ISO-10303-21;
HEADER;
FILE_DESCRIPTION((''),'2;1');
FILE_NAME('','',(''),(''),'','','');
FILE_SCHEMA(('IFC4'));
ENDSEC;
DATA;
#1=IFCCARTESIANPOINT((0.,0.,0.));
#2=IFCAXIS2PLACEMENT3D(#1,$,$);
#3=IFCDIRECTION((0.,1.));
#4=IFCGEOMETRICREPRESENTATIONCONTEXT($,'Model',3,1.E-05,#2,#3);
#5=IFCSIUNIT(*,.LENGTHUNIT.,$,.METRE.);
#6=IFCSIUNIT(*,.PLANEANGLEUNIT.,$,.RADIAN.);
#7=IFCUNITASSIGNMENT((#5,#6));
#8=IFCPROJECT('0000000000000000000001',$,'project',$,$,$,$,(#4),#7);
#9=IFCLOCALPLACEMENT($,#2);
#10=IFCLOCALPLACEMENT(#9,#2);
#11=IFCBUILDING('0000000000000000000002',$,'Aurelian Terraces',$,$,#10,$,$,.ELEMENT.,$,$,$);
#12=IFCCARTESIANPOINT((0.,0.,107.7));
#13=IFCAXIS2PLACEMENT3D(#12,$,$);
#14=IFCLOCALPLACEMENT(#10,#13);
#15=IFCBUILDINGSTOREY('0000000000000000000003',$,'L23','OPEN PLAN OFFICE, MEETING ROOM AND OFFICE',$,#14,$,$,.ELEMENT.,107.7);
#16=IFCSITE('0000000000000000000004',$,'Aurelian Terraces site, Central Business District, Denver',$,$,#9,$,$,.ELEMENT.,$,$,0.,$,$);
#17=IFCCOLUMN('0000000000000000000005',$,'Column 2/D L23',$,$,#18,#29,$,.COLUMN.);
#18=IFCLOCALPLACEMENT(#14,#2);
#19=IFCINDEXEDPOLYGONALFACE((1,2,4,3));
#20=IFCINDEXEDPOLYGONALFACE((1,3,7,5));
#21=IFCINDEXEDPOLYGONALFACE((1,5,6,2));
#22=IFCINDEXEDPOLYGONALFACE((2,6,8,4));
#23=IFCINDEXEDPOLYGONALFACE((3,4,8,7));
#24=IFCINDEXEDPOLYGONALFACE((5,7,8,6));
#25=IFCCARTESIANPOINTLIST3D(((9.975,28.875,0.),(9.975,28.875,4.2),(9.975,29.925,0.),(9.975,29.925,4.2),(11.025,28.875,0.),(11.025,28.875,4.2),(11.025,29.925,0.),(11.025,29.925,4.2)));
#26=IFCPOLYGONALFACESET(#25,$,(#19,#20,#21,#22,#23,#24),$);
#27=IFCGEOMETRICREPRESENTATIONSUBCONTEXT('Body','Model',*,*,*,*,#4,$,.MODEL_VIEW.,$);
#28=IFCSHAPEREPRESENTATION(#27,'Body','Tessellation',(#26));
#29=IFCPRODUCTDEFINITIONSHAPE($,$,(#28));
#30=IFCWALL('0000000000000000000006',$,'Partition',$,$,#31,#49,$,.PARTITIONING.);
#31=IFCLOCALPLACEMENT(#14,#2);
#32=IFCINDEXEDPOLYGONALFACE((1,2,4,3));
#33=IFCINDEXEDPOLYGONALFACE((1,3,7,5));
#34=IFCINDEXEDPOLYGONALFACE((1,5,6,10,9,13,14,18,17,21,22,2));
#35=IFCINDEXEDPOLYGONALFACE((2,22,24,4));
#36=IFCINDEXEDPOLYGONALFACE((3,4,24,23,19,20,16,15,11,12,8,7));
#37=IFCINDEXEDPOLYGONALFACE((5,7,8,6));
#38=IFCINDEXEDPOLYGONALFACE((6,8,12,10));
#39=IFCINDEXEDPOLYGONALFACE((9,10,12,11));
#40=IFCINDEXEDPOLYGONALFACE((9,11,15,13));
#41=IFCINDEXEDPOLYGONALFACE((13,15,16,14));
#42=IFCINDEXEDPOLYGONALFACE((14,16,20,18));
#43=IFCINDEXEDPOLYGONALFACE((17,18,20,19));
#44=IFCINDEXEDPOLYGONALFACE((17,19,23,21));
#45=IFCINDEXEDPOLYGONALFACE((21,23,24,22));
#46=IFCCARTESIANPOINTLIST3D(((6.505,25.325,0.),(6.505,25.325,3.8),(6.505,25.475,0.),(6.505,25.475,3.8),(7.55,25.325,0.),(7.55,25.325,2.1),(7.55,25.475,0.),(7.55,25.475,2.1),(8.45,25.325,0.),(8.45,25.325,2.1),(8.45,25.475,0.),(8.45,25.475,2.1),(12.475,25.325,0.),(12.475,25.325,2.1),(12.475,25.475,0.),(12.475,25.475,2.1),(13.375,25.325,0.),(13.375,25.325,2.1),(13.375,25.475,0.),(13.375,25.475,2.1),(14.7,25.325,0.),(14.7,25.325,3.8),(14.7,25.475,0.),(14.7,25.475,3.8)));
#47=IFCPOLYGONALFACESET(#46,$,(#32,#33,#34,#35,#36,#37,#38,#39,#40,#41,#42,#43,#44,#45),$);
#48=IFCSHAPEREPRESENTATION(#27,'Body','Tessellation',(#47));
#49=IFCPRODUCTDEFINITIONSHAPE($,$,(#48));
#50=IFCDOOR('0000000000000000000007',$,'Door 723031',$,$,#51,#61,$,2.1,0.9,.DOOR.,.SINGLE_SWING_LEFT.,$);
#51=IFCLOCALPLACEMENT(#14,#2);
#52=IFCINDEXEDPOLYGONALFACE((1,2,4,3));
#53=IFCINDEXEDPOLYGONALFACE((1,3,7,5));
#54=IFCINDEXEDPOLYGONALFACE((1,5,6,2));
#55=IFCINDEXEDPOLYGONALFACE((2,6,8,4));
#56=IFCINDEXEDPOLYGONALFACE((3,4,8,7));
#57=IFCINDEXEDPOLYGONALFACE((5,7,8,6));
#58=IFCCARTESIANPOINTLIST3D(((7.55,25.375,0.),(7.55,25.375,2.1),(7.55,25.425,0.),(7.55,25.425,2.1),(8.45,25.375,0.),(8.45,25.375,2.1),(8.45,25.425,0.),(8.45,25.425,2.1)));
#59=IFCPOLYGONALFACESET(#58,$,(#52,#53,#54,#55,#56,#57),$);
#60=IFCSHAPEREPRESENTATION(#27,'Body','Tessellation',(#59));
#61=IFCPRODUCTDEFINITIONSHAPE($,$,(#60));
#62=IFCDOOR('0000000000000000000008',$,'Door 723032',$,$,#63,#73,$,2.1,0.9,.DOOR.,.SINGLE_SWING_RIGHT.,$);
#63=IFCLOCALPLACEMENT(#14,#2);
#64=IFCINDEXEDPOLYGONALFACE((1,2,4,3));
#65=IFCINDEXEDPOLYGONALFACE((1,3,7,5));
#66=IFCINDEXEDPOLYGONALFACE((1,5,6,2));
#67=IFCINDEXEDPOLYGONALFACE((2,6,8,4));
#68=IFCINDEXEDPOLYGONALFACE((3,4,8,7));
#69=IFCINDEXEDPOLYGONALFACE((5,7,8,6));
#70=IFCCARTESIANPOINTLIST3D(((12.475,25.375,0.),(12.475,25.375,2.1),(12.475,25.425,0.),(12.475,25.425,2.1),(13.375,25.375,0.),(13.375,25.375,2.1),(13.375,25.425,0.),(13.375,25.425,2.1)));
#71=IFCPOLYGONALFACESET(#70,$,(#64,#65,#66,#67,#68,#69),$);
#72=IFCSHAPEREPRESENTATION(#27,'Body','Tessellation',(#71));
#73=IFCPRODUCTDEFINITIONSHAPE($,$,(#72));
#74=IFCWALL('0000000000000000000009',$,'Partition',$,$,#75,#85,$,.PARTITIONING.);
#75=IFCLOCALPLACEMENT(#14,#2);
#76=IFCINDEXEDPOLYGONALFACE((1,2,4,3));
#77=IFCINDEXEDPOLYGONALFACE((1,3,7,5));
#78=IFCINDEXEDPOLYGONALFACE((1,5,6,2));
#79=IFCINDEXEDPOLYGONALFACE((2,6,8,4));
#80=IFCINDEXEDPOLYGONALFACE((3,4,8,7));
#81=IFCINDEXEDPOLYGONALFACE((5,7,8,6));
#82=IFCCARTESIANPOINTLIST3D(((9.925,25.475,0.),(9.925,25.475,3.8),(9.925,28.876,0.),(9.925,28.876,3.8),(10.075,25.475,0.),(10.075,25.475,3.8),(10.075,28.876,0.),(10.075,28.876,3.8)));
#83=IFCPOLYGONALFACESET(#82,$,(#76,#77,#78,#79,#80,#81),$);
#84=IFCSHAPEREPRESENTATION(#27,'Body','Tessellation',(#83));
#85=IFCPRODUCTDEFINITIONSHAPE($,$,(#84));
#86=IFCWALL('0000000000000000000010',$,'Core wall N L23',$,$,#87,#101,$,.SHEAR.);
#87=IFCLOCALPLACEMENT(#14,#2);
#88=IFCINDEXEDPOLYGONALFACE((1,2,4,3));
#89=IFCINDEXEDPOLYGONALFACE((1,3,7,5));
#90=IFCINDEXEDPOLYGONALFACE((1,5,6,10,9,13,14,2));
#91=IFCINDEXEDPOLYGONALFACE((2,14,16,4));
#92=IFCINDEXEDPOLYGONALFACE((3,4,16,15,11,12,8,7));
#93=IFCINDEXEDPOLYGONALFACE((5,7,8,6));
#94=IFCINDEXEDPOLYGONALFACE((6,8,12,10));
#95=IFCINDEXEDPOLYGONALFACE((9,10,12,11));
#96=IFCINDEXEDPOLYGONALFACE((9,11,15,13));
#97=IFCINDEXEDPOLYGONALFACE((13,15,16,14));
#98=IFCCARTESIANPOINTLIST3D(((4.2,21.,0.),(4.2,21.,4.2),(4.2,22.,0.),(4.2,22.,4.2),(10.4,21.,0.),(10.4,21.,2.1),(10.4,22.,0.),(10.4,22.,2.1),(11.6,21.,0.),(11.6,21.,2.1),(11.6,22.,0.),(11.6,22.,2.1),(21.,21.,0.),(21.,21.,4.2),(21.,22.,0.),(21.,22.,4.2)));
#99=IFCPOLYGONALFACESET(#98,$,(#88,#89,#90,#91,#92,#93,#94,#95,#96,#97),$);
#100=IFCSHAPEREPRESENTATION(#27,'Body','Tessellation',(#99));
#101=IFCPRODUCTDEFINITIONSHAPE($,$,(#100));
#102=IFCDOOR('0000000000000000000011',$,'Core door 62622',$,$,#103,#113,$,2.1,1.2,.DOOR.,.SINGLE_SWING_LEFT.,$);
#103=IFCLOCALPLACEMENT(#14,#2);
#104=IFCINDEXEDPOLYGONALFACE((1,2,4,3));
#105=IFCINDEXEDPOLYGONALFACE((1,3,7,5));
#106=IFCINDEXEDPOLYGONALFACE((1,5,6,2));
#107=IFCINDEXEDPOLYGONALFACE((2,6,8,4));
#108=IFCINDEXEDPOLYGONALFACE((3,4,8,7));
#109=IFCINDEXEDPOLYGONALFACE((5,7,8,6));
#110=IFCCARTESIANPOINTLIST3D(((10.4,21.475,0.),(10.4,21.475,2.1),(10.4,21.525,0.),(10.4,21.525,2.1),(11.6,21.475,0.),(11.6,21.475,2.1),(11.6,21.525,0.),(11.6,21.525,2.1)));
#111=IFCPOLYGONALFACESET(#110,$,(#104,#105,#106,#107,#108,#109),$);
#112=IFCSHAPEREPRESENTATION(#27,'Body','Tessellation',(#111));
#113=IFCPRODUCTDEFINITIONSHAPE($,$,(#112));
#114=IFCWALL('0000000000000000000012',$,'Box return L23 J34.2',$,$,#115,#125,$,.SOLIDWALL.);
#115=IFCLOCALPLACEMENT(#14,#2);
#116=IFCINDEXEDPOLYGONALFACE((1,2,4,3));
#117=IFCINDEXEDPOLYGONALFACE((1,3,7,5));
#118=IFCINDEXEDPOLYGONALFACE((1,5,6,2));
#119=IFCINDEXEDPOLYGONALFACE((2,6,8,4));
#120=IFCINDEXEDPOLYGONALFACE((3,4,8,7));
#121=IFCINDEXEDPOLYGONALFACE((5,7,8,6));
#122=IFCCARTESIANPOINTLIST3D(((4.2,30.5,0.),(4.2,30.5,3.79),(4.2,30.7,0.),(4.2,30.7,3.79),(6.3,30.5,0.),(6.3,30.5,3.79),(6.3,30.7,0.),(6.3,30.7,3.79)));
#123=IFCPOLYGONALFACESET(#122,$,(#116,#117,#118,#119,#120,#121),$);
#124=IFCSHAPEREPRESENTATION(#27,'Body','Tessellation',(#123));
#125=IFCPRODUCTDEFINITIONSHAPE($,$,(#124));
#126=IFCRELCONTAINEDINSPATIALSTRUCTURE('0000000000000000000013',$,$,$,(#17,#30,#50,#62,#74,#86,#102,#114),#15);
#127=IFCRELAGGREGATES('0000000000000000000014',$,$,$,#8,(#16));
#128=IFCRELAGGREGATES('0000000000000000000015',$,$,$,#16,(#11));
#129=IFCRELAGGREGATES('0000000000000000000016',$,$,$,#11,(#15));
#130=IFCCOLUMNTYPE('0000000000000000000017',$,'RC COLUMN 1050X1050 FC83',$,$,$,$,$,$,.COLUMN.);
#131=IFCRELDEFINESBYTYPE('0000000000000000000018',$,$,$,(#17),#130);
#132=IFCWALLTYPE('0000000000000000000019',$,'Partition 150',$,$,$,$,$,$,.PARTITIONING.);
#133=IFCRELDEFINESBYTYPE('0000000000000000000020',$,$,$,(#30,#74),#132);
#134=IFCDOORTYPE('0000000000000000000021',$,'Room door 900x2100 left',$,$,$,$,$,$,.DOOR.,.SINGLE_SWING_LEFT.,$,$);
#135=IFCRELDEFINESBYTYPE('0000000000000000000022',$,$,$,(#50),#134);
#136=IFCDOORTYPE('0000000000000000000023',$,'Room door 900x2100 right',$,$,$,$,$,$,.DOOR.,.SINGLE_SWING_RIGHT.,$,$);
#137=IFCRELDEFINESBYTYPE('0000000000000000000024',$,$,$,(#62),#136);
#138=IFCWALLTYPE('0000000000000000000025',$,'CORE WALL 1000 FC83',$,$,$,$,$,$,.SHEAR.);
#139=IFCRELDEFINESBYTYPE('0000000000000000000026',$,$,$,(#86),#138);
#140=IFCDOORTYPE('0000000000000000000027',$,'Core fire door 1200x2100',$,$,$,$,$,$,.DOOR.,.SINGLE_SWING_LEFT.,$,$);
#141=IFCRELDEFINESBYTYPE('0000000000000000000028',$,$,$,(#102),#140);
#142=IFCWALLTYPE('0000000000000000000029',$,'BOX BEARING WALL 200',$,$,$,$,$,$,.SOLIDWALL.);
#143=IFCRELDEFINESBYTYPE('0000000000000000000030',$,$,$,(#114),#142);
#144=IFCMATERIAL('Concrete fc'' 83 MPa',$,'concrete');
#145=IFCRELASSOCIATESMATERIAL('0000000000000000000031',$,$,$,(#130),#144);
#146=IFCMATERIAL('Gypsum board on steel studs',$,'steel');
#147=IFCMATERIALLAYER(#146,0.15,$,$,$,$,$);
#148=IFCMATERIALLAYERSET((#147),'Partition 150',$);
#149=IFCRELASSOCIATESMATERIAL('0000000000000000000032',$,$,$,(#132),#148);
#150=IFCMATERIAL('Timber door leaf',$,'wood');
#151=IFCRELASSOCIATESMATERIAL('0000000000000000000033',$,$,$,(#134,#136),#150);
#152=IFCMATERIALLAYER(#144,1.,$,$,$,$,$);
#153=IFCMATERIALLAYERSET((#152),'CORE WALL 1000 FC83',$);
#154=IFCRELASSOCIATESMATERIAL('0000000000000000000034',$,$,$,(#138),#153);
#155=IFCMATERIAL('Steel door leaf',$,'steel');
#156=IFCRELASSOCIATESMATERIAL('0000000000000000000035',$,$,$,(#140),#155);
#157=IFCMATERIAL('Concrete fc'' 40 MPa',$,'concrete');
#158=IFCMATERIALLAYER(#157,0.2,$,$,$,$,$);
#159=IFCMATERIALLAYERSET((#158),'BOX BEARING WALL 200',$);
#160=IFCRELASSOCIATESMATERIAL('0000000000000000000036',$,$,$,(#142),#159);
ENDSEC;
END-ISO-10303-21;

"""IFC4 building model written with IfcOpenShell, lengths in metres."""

from ifc_helpers import new_model, si_unit, direction, frame, frame_2d, origin, origin_2d, place, context, subcontext, project, spatial, rectangle, extrude, source, transform, mapped, material, layer, layer_set, material_profile, profile_set, type_object, element, fill, save


model = new_model("IFC4")

# Units and contexts
model_context = context("Model", 3, precision=1e-05, world=origin(), true_north=direction((0.0, 1.0)))
body_context = subcontext(model_context, "Body", "Model", "MODEL_VIEW")
ifc_project = project(units=[si_unit("LENGTHUNIT", "METRE"), si_unit("PLANEANGLEUNIT", "RADIAN")], contexts=[model_context])

# Site, building, storey
site_placement = place(None, origin())
site = spatial("IfcSite", under=ifc_project, at=site_placement, Name="Aurelian Terraces site, Central Business District, Denver", CompositionType="ELEMENT", RefElevation=0.0)
building_placement = place(site_placement, origin())
building = spatial("IfcBuilding", under=site, at=building_placement, Name="Aurelian Terraces", CompositionType="ELEMENT")
storey_placement = place(building_placement, frame((0.0, 0.0, 107.7)))
storey = spatial("IfcBuildingStorey", under=building, at=storey_placement, Name="L23", Description="OPEN PLAN OFFICE, MEETING ROOM AND OFFICE", CompositionType="ELEMENT", Elevation=107.7)

# Column
ifc_material_1 = material(Name="Concrete fc' 83 MPa", Category="concrete")
ifc_material_profile = material_profile(ifc_material_1, rectangle(XDim=1.05, YDim=1.05, at=origin_2d()))
ifc_profile_set = profile_set([ifc_material_profile], Name="Concrete fc' 83 MPa")
column_type = type_object("IfcColumnType", Name="RC COLUMN 1050X1050 FC83", PredefinedType="COLUMN", material=ifc_profile_set)
shared_shape_1 = source(origin(), body_context, "Body", "SweptSolid", [
    extrude(rectangle(XDim=1.05, YDim=1.05, at=origin_2d()), origin(), (0.0, 0.0, 1.0), 4.2),
])
column_placement = place(storey_placement, frame((10.5, 29.4, 0.0), z_axis=(0.0, 0.0, 1.0), x_axis=(1.0, 0.0, 0.0)))
element("IfcColumn", 1, at=column_placement, inside=storey, type_object=column_type, Name="Column 2/D L23", PredefinedType="COLUMN", context=body_context, shape_type="MappedRepresentation", body=[
    mapped(shared_shape_1, transform((0.0, 0.0, 0.0), scale=1.0)),
])

# Wall, openings, doors
ifc_material_2 = material(Name="Gypsum board on steel studs", Category="steel")
ifc_layer_1 = layer(ifc_material_2, 0.15)
ifc_layer_set_1 = layer_set([ifc_layer_1], Name="Partition 150")
wall_type_1 = type_object("IfcWallType", Name="Partition 150", PredefinedType="PARTITIONING", material=ifc_layer_set_1)
wall_1_placement = place(storey_placement, frame((6.505, 25.4, 0.0), z_axis=(0.0, 0.0, 1.0), x_axis=(1.0, 0.0, 0.0)))
wall_1 = element("IfcWall", 2, at=wall_1_placement, inside=storey, type_object=wall_type_1, Name="Partition", PredefinedType="PARTITIONING", context=body_context, shape_type="SweptSolid", body=[
    extrude(rectangle(XDim=8.195, YDim=0.15, at=frame_2d((4.0975, 0.0))), origin(), (0.0, 0.0, 1.0), 3.8),
])
shared_shape_2 = source(origin(), body_context, "Body", "SweptSolid", [
    extrude(rectangle(XDim=0.9, YDim=2.1, at=frame_2d((0.45, 1.05))), frame((0.0, 0.085, 0.0), z_axis=(0.0, -1.0, 0.0), x_axis=(1.0, 0.0, 0.0)), (0.0, 0.0, 1.0), 0.17),
])
opening_1_placement = place(wall_1_placement, frame((1.045, 0.0, 0.0)))
opening_1 = element("IfcOpeningElement", 3, at=opening_1_placement, cuts=wall_1, PredefinedType="OPENING", context=body_context, shape_type="MappedRepresentation", body=[
    mapped(shared_shape_2, transform((0.0, 0.0, 0.0), scale=1.0)),
])
opening_2_placement = place(wall_1_placement, frame((5.97, 0.0, 0.0)))
opening_2 = element("IfcOpeningElement", 4, at=opening_2_placement, cuts=wall_1, PredefinedType="OPENING", context=body_context, shape_type="MappedRepresentation", body=[
    mapped(shared_shape_2, transform((0.0, 0.0, 0.0), scale=1.0)),
])
ifc_material_3 = material(Name="Timber door leaf", Category="wood")
door_type_1 = type_object("IfcDoorType", Name="Room door 900x2100 left", OperationType="SINGLE_SWING_LEFT", PredefinedType="DOOR", material=ifc_material_3)
shared_shape_3 = source(origin(), body_context, "Body", "SweptSolid", [
    extrude(rectangle(XDim=0.9, YDim=2.1, at=frame_2d((0.45, 1.05))), frame((0.0, 0.025, 0.0), z_axis=(0.0, -1.0, 0.0), x_axis=(1.0, 0.0, 0.0)), (0.0, 0.0, 1.0), 0.05),
])
door_1_placement = place(opening_1_placement, origin())
door_1 = element("IfcDoor", 5, at=door_1_placement, inside=storey, type_object=door_type_1, Name="Door 723031", OperationType="SINGLE_SWING_LEFT", OverallHeight=2.1, OverallWidth=0.9, PredefinedType="DOOR", context=body_context, shape_type="MappedRepresentation", body=[
    mapped(shared_shape_3, transform((0.0, 0.0, 0.0), scale=1.0)),
])
fill(opening_1, door_1)
door_type_2 = type_object("IfcDoorType", Name="Room door 900x2100 right", OperationType="SINGLE_SWING_RIGHT", PredefinedType="DOOR", material=ifc_material_3)
door_2_placement = place(opening_2_placement, origin())
door_2 = element("IfcDoor", 6, at=door_2_placement, inside=storey, type_object=door_type_2, Name="Door 723032", OperationType="SINGLE_SWING_RIGHT", OverallHeight=2.1, OverallWidth=0.9, PredefinedType="DOOR", context=body_context, shape_type="MappedRepresentation", body=[
    mapped(shared_shape_3, transform((0.0, 0.0, 0.0), scale=1.0)),
])
fill(opening_2, door_2)

# Wall
wall_2_placement = place(storey_placement, frame((10.0, 25.475, 0.0), z_axis=(0.0, 0.0, 1.0), x_axis=(0.0, 1.0, 0.0)))
element("IfcWall", 7, at=wall_2_placement, inside=storey, type_object=wall_type_1, Name="Partition", PredefinedType="PARTITIONING", context=body_context, shape_type="SweptSolid", body=[
    extrude(rectangle(XDim=3.401, YDim=0.15, at=frame_2d((1.7005, 0.0))), origin(), (0.0, 0.0, 1.0), 3.8),
])

# Wall, opening, door
ifc_layer_2 = layer(ifc_material_1, 1.0)
ifc_layer_set_2 = layer_set([ifc_layer_2], Name="CORE WALL 1000 FC83")
wall_type_2 = type_object("IfcWallType", Name="CORE WALL 1000 FC83", PredefinedType="SHEAR", material=ifc_layer_set_2)
shared_shape_4 = source(origin(), body_context, "Body", "SweptSolid", [
    extrude(rectangle(XDim=16.8, YDim=1.0, at=frame_2d((8.4, 0.0))), origin(), (0.0, 0.0, 1.0), 4.2),
])
wall_3_placement = place(storey_placement, frame((4.2, 21.5, 0.0), z_axis=(0.0, 0.0, 1.0), x_axis=(1.0, 0.0, 0.0)))
wall_3 = element("IfcWall", 8, at=wall_3_placement, inside=storey, type_object=wall_type_2, Name="Core wall N L23", PredefinedType="SHEAR", context=body_context, shape_type="MappedRepresentation", body=[
    mapped(shared_shape_4, transform((0.0, 0.0, 0.0), scale=1.0)),
])
shared_shape_5 = source(origin(), body_context, "Body", "SweptSolid", [
    extrude(rectangle(XDim=1.2, YDim=2.1, at=frame_2d((0.6, 1.05))), frame((0.0, 0.51, 0.0), z_axis=(0.0, -1.0, 0.0), x_axis=(1.0, 0.0, 0.0)), (0.0, 0.0, 1.0), 1.02),
])
opening_3_placement = place(wall_3_placement, frame((6.2, 0.0, 0.0)))
opening_3 = element("IfcOpeningElement", 9, at=opening_3_placement, cuts=wall_3, PredefinedType="OPENING", context=body_context, shape_type="MappedRepresentation", body=[
    mapped(shared_shape_5, transform((0.0, 0.0, 0.0), scale=1.0)),
])
ifc_material_4 = material(Name="Steel door leaf", Category="steel")
door_type_3 = type_object("IfcDoorType", Name="Core fire door 1200x2100", OperationType="SINGLE_SWING_LEFT", PredefinedType="DOOR", material=ifc_material_4)
shared_shape_6 = source(origin(), body_context, "Body", "SweptSolid", [
    extrude(rectangle(XDim=1.2, YDim=2.1, at=frame_2d((0.6, 1.05))), frame((0.0, 0.025, 0.0), z_axis=(0.0, -1.0, 0.0), x_axis=(1.0, 0.0, 0.0)), (0.0, 0.0, 1.0), 0.05),
])
door_3_placement = place(opening_3_placement, origin())
door_3 = element("IfcDoor", 10, at=door_3_placement, inside=storey, type_object=door_type_3, Name="Core door 62622", OperationType="SINGLE_SWING_LEFT", OverallHeight=2.1, OverallWidth=1.2, PredefinedType="DOOR", context=body_context, shape_type="MappedRepresentation", body=[
    mapped(shared_shape_6, transform((0.0, 0.0, 0.0), scale=1.0)),
])
fill(opening_3, door_3)

# Wall
ifc_material_5 = material(Name="Concrete fc' 40 MPa", Category="concrete")
ifc_layer_3 = layer(ifc_material_5, 0.2)
ifc_layer_set_3 = layer_set([ifc_layer_3], Name="BOX BEARING WALL 200")
wall_type_3 = type_object("IfcWallType", Name="BOX BEARING WALL 200", PredefinedType="SOLIDWALL", material=ifc_layer_set_3)
shared_shape_7 = source(origin(), body_context, "Body", "SweptSolid", [
    extrude(rectangle(XDim=2.1, YDim=0.2, at=frame_2d((1.05, 0.0))), origin(), (0.0, 0.0, 1.0), 3.79),
])
wall_4_placement = place(storey_placement, frame((6.3, 30.6, 0.0), z_axis=(0.0, 0.0, 1.0), x_axis=(-1.0, 0.0, 0.0)))
element("IfcWall", 11, at=wall_4_placement, inside=storey, type_object=wall_type_3, Name="Box return L23 J34.2", PredefinedType="SOLIDWALL", context=body_context, shape_type="MappedRepresentation", body=[
    mapped(shared_shape_7, transform((0.0, 0.0, 0.0), scale=1.0)),
])

save(model, "model.ifc")
